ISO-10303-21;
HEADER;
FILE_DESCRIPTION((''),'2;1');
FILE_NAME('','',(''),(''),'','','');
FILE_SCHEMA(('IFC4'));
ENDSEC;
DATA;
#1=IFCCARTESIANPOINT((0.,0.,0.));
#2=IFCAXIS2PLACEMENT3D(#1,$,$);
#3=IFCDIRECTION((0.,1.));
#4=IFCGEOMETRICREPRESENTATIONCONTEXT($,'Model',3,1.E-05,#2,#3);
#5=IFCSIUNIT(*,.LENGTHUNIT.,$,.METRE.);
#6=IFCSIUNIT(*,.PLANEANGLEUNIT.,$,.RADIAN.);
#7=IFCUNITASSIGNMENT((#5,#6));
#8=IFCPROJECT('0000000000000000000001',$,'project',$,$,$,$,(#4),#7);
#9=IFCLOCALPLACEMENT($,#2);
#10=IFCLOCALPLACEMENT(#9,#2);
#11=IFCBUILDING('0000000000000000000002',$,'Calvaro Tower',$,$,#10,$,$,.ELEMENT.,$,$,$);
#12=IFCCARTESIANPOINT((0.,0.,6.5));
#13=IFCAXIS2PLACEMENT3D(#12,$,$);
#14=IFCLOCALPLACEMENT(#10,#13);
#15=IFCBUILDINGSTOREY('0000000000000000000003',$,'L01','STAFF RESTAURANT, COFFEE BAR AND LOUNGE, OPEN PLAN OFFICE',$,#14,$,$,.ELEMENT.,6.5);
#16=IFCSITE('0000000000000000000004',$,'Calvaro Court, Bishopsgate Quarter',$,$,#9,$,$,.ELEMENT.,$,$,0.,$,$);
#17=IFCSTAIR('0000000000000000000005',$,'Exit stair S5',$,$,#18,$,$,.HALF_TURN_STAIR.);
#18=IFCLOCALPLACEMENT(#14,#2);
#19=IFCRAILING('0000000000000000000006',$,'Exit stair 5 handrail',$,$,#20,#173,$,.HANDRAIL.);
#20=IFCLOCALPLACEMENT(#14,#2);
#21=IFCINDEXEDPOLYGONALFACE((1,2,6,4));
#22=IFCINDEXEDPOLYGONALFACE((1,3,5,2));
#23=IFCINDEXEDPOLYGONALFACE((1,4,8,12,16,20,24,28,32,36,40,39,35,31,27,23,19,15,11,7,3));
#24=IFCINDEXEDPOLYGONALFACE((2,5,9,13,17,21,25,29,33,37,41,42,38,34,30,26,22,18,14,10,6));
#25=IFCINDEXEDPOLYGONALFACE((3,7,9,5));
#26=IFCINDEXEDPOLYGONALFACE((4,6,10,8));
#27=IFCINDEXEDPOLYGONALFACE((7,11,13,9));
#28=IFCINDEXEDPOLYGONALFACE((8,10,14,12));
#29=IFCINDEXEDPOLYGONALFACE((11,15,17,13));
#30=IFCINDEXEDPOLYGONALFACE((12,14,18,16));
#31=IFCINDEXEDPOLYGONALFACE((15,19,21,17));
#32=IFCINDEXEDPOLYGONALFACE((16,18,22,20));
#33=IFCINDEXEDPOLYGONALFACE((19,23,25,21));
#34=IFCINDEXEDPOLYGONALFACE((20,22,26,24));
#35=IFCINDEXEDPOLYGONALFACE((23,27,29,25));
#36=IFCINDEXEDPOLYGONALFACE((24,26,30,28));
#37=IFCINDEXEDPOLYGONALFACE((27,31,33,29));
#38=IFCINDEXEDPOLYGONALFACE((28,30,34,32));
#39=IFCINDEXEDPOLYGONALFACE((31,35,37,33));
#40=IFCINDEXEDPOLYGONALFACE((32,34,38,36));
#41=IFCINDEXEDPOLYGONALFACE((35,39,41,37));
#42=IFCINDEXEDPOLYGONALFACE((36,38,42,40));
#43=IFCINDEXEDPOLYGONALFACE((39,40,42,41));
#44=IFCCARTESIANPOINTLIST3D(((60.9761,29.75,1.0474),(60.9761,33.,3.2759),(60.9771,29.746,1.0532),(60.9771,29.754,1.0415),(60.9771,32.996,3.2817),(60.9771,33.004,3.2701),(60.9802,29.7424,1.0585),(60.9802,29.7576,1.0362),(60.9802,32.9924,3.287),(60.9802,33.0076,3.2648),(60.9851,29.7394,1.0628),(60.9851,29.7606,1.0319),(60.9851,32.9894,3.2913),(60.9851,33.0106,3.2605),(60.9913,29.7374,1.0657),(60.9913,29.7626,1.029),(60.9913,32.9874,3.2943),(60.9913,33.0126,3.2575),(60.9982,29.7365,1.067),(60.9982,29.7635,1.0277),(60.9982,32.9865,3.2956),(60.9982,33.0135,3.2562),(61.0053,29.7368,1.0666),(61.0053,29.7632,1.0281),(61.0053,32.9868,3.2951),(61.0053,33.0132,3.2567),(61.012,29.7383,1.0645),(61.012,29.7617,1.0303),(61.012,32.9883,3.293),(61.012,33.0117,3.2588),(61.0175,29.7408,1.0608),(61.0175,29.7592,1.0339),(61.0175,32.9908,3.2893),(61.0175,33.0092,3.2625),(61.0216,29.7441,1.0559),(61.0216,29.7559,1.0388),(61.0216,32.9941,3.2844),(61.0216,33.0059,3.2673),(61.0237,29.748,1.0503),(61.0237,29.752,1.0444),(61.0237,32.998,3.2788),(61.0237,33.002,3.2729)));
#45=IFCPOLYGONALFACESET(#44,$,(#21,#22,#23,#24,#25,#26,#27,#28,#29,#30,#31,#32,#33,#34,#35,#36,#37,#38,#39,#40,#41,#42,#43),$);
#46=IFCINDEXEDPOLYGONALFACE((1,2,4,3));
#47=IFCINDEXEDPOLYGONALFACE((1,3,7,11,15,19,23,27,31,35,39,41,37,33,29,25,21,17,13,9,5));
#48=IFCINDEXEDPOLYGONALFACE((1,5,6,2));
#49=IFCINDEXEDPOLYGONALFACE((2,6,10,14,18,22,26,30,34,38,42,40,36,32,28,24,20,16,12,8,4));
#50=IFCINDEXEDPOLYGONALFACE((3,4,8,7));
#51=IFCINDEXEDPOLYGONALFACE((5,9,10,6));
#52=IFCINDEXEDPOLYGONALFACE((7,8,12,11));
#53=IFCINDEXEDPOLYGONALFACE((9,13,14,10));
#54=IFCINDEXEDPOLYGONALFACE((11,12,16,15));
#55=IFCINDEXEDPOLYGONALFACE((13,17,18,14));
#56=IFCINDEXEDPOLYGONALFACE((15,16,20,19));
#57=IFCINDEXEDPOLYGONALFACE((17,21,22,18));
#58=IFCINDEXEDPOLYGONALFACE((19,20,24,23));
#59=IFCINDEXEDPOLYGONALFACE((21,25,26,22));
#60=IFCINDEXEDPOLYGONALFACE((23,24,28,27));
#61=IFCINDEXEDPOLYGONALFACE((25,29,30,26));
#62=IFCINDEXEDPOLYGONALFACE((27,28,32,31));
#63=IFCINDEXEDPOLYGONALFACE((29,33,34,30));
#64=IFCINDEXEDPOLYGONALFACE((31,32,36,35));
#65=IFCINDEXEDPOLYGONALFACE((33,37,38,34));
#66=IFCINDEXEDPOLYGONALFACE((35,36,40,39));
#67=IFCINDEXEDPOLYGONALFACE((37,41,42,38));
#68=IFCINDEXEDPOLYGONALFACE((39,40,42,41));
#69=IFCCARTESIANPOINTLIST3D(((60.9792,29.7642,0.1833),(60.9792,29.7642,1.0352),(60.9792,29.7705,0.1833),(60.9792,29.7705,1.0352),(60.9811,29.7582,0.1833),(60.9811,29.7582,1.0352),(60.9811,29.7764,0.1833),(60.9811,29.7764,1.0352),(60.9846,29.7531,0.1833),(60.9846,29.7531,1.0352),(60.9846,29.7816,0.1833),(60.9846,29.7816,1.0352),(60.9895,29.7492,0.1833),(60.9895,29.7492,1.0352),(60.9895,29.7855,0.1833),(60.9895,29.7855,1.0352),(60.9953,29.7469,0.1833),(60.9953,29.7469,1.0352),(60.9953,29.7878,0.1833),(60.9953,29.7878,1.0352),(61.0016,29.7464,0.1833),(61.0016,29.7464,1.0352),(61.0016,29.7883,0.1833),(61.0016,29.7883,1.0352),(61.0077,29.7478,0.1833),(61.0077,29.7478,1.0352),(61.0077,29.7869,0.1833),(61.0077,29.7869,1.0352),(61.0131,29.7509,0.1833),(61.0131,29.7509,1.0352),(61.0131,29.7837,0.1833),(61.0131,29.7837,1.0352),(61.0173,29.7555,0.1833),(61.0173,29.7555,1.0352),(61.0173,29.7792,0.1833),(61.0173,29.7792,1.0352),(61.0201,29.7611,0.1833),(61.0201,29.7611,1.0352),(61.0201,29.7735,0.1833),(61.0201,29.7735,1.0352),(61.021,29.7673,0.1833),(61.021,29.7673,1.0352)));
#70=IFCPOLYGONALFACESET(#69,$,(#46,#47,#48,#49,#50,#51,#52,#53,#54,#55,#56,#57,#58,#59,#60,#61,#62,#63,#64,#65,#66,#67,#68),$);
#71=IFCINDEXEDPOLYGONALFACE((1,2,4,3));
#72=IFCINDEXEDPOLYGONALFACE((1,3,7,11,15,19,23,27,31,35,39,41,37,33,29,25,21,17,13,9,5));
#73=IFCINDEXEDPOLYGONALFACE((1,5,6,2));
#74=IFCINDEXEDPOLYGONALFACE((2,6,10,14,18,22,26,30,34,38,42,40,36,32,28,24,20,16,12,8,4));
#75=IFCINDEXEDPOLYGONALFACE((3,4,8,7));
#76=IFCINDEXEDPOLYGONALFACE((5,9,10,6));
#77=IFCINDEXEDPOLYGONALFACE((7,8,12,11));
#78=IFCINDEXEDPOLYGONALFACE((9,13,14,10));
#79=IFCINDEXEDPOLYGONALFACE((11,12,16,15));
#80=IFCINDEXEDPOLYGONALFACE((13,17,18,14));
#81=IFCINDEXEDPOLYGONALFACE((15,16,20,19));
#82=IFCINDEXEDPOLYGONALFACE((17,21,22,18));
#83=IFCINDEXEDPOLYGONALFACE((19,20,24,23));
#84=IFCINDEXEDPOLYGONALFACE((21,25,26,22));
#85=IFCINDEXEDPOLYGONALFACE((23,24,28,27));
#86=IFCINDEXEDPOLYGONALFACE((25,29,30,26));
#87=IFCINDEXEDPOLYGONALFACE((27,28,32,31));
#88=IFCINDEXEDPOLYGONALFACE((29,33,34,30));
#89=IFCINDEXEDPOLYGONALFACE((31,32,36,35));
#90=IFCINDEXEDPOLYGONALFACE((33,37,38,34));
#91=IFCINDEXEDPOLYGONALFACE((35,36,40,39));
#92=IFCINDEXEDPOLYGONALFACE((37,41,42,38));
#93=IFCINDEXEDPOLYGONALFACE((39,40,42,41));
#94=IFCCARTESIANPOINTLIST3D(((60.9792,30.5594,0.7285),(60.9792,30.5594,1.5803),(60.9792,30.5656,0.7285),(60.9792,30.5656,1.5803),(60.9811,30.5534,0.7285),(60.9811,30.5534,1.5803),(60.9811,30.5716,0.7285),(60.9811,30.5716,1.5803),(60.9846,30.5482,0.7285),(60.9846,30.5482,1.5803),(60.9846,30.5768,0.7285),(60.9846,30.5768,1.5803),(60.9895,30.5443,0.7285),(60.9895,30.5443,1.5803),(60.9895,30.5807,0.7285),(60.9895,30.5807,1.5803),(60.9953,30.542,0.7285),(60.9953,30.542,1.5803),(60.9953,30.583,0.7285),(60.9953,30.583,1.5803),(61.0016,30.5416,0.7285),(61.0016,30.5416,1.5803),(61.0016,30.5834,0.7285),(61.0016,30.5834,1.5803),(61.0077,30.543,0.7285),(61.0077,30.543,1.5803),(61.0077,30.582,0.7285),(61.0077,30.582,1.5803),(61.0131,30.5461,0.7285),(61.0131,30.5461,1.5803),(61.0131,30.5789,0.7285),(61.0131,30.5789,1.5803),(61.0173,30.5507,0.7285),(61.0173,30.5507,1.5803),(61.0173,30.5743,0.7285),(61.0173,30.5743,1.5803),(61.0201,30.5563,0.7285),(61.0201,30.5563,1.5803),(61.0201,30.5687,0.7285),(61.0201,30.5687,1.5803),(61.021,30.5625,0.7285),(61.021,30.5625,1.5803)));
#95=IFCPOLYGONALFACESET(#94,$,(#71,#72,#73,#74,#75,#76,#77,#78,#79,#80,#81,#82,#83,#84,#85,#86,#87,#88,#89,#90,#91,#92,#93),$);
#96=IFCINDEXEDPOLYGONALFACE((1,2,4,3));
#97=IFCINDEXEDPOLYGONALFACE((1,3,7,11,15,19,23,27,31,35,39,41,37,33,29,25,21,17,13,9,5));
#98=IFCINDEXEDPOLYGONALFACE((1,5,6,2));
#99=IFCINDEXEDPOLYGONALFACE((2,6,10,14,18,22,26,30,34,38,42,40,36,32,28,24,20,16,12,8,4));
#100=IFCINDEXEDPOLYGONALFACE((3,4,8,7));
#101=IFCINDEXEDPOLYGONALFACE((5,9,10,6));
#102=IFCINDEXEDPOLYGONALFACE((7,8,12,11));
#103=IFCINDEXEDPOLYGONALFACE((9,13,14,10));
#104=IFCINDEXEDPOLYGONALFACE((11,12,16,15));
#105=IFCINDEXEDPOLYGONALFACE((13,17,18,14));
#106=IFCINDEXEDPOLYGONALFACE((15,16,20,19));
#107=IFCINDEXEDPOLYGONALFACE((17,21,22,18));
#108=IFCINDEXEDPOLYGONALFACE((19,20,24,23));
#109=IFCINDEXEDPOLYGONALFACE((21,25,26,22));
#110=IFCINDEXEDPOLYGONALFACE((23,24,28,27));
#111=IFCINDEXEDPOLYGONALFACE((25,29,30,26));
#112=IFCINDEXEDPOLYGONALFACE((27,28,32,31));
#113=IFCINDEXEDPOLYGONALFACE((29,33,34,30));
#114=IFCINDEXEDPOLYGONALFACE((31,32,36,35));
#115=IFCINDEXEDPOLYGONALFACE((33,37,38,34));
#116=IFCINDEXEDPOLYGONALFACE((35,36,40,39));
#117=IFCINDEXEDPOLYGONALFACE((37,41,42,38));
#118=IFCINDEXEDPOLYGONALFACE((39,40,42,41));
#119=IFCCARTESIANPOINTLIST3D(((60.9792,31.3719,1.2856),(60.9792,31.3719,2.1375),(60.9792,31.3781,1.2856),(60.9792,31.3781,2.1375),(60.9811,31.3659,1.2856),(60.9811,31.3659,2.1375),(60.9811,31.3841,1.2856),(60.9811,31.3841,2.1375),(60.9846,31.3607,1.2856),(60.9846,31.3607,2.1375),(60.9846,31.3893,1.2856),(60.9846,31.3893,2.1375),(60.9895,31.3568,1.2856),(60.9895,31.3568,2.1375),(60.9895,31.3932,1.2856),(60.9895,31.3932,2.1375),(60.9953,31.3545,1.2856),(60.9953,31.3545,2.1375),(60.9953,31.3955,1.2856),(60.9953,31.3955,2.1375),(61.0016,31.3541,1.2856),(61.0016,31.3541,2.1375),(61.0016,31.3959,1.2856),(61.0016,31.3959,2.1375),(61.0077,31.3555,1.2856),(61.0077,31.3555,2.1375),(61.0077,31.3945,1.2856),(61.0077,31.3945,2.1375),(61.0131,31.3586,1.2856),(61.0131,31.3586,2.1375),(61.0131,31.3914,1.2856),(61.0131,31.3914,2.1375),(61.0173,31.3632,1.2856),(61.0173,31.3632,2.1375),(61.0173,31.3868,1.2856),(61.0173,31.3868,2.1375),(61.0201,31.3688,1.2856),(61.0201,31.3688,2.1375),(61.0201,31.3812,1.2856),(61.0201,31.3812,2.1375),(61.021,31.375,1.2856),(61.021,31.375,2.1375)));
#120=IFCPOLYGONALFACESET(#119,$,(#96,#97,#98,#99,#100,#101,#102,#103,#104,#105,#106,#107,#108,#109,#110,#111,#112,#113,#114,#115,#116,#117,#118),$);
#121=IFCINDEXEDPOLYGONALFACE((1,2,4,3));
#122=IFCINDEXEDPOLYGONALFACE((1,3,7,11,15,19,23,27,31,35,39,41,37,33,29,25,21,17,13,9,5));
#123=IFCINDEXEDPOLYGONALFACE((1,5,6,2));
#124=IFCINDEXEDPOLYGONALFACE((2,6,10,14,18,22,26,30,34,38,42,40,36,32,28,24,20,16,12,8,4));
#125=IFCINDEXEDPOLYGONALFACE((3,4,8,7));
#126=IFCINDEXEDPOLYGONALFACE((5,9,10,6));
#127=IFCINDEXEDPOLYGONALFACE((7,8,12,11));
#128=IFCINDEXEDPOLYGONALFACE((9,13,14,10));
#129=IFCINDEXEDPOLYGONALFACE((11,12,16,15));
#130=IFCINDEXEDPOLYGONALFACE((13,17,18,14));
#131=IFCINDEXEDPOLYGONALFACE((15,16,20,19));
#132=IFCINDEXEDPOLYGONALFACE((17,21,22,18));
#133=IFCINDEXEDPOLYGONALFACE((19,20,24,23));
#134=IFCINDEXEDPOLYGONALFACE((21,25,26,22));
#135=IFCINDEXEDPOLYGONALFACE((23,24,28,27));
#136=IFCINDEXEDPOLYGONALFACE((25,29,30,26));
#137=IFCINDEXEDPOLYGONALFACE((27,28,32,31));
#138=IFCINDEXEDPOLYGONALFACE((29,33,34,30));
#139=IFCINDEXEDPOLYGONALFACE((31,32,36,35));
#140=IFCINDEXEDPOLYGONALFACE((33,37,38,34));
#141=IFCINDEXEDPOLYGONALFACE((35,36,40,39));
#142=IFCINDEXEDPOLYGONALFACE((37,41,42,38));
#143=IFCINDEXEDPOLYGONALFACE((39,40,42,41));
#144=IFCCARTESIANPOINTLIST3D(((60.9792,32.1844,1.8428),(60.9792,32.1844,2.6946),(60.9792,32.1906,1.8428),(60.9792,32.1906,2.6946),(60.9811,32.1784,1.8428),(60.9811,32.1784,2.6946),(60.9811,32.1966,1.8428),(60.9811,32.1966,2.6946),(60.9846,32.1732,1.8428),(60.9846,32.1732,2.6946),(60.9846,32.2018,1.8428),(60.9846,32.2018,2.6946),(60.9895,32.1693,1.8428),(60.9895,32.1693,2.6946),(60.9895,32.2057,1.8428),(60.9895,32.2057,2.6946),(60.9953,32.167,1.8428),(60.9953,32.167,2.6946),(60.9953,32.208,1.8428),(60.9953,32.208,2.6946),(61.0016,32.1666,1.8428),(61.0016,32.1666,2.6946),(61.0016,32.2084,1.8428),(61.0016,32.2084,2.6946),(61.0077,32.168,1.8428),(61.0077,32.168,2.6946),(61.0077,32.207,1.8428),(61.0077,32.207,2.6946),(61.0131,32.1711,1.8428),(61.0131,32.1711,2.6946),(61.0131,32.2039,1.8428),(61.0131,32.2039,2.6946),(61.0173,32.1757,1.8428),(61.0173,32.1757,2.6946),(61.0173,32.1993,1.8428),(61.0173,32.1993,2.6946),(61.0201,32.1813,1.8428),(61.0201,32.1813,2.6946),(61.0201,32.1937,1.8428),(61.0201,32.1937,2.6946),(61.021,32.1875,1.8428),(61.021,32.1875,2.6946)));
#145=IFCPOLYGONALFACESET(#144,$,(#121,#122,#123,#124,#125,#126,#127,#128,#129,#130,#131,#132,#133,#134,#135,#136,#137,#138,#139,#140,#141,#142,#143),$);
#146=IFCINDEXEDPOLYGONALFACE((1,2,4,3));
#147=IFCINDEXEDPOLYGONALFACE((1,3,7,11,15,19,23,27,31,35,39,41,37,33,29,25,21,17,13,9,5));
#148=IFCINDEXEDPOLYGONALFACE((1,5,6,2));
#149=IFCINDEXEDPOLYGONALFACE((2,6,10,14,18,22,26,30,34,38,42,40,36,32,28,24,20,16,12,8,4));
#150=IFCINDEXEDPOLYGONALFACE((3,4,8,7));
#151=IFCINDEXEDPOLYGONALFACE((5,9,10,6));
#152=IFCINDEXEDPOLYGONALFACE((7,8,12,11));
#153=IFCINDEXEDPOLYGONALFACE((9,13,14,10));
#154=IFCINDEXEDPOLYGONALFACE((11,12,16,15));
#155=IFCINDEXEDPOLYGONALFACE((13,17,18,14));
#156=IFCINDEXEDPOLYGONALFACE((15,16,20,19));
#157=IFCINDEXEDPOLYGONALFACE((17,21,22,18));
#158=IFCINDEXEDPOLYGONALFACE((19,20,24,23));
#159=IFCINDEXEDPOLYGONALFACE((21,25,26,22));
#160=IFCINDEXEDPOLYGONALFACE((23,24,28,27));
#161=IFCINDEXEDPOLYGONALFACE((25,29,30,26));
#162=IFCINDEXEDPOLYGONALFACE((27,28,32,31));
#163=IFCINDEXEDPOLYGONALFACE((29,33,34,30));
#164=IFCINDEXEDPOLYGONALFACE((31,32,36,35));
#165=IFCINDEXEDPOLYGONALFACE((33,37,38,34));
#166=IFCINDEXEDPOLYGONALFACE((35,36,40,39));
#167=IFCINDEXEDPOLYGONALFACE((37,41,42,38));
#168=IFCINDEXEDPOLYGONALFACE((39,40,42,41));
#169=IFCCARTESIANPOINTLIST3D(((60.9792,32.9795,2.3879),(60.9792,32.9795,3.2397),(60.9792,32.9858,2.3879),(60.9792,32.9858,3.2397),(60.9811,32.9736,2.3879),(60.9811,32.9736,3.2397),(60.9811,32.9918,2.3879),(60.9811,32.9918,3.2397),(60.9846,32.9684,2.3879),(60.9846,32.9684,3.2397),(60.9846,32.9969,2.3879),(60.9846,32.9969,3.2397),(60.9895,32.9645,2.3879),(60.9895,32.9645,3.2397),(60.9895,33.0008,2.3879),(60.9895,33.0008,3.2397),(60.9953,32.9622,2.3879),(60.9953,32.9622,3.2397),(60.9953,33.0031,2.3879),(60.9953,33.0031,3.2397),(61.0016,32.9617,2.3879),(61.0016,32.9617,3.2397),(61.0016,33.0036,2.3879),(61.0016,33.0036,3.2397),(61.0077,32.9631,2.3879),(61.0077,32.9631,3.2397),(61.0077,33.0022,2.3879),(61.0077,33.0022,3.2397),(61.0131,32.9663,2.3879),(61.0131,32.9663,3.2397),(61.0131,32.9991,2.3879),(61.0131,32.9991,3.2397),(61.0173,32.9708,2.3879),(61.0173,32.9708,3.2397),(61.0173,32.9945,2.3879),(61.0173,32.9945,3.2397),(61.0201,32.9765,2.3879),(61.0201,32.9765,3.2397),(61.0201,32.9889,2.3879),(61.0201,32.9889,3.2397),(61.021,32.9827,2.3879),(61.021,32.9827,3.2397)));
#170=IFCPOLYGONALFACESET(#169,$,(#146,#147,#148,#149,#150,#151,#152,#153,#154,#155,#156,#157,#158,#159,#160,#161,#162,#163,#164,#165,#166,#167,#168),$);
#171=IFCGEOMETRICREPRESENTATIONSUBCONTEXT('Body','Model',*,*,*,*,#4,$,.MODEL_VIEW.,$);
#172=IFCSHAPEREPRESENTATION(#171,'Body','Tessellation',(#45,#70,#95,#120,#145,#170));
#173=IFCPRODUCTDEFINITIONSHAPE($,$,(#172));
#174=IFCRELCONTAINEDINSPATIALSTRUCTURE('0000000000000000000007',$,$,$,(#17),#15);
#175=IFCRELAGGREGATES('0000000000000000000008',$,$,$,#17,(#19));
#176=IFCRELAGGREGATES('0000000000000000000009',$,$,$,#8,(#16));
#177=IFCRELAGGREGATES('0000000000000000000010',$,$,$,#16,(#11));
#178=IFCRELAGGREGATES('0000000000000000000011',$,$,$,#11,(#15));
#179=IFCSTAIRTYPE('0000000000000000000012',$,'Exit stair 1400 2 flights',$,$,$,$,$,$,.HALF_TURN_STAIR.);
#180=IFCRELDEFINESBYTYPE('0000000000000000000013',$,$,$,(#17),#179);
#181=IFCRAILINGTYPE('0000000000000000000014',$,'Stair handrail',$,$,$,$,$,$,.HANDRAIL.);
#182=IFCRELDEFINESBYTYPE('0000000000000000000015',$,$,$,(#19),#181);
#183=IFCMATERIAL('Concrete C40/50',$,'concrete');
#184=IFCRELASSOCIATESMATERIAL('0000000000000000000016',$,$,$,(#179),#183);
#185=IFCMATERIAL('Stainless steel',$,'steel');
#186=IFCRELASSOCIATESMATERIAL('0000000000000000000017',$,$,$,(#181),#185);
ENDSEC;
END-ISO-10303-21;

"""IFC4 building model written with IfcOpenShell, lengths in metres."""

from ifc_helpers import new_model, si_unit, direction, frame, origin, origin_2d, place, context, subcontext, project, spatial, circle, extrude, material, type_object, element, aggregate, save


model = new_model("IFC4")

# Units and contexts
model_context = context("Model", 3, precision=1e-05, world=origin(), true_north=direction((0.0, 1.0)))
body_context = subcontext(model_context, "Body", "Model", "MODEL_VIEW")
ifc_project = project(units=[si_unit("LENGTHUNIT", "METRE"), si_unit("PLANEANGLEUNIT", "RADIAN")], contexts=[model_context])

# Site, building, storey
site_placement = place(None, origin())
site = spatial("IfcSite", under=ifc_project, at=site_placement, Name="Calvaro Court, Bishopsgate Quarter", CompositionType="ELEMENT", RefElevation=0.0)
building_placement = place(site_placement, origin())
building = spatial("IfcBuilding", under=site, at=building_placement, Name="Calvaro Tower", CompositionType="ELEMENT")
storey_placement = place(building_placement, frame((0.0, 0.0, 6.5)))
storey = spatial("IfcBuildingStorey", under=building, at=storey_placement, Name="L01", Description="STAFF RESTAURANT, COFFEE BAR AND LOUNGE, OPEN PLAN OFFICE", CompositionType="ELEMENT", Elevation=6.5)

# Stair
ifc_material_1 = material(Name="Concrete C40/50", Category="concrete")
stair_type_1 = type_object("IfcStairType", Name="Exit stair 1400 2 flights", PredefinedType="HALF_TURN_STAIR", material=ifc_material_1)
stair_1_placement = place(storey_placement, origin())
stair_1 = element("IfcStair", 1, at=stair_1_placement, inside=storey, type_object=stair_type_1, Name="Exit stair S5", PredefinedType="HALF_TURN_STAIR")

# Railing
ifc_material_2 = material(Name="Stainless steel", Category="steel")
railing_type = type_object("IfcRailingType", Name="Stair handrail", PredefinedType="HANDRAIL", material=ifc_material_2)
railing_1_placement = place(storey_placement, frame((61.0, 29.75, 0.1714)))
railing_1 = element("IfcRailing", 2, at=railing_1_placement, type_object=railing_type, Name="Exit stair 5 handrail", PredefinedType="HANDRAIL", context=body_context, shape_type="SweptSolid", body=[
    extrude(circle(Radius=0.0239, at=origin_2d()), frame((0.0, 0.0, 0.876), z_axis=(0.0, 0.824735, 0.565519), x_axis=(-1.0, 0.0, 0.0)), (0.0, 0.0, 1.0), 3.9407),
    extrude(circle(Radius=0.021, at=origin_2d()), frame((0.0, 0.0173, 0.012)), (0.0, 0.0, 1.0), 0.8518),
    extrude(circle(Radius=0.021, at=origin_2d()), frame((0.0, 0.8125, 0.5571)), (0.0, 0.0, 1.0), 0.8518),
    extrude(circle(Radius=0.021, at=origin_2d()), frame((0.0, 1.625, 1.1143)), (0.0, 0.0, 1.0), 0.8518),
    extrude(circle(Radius=0.021, at=origin_2d()), frame((0.0, 2.4375, 1.6714)), (0.0, 0.0, 1.0), 0.8518),
    extrude(circle(Radius=0.021, at=origin_2d()), frame((0.0, 3.2327, 2.2166)), (0.0, 0.0, 1.0), 0.8518),
])
aggregate(stair_1, [railing_1])

save(model, "model.ifc")
